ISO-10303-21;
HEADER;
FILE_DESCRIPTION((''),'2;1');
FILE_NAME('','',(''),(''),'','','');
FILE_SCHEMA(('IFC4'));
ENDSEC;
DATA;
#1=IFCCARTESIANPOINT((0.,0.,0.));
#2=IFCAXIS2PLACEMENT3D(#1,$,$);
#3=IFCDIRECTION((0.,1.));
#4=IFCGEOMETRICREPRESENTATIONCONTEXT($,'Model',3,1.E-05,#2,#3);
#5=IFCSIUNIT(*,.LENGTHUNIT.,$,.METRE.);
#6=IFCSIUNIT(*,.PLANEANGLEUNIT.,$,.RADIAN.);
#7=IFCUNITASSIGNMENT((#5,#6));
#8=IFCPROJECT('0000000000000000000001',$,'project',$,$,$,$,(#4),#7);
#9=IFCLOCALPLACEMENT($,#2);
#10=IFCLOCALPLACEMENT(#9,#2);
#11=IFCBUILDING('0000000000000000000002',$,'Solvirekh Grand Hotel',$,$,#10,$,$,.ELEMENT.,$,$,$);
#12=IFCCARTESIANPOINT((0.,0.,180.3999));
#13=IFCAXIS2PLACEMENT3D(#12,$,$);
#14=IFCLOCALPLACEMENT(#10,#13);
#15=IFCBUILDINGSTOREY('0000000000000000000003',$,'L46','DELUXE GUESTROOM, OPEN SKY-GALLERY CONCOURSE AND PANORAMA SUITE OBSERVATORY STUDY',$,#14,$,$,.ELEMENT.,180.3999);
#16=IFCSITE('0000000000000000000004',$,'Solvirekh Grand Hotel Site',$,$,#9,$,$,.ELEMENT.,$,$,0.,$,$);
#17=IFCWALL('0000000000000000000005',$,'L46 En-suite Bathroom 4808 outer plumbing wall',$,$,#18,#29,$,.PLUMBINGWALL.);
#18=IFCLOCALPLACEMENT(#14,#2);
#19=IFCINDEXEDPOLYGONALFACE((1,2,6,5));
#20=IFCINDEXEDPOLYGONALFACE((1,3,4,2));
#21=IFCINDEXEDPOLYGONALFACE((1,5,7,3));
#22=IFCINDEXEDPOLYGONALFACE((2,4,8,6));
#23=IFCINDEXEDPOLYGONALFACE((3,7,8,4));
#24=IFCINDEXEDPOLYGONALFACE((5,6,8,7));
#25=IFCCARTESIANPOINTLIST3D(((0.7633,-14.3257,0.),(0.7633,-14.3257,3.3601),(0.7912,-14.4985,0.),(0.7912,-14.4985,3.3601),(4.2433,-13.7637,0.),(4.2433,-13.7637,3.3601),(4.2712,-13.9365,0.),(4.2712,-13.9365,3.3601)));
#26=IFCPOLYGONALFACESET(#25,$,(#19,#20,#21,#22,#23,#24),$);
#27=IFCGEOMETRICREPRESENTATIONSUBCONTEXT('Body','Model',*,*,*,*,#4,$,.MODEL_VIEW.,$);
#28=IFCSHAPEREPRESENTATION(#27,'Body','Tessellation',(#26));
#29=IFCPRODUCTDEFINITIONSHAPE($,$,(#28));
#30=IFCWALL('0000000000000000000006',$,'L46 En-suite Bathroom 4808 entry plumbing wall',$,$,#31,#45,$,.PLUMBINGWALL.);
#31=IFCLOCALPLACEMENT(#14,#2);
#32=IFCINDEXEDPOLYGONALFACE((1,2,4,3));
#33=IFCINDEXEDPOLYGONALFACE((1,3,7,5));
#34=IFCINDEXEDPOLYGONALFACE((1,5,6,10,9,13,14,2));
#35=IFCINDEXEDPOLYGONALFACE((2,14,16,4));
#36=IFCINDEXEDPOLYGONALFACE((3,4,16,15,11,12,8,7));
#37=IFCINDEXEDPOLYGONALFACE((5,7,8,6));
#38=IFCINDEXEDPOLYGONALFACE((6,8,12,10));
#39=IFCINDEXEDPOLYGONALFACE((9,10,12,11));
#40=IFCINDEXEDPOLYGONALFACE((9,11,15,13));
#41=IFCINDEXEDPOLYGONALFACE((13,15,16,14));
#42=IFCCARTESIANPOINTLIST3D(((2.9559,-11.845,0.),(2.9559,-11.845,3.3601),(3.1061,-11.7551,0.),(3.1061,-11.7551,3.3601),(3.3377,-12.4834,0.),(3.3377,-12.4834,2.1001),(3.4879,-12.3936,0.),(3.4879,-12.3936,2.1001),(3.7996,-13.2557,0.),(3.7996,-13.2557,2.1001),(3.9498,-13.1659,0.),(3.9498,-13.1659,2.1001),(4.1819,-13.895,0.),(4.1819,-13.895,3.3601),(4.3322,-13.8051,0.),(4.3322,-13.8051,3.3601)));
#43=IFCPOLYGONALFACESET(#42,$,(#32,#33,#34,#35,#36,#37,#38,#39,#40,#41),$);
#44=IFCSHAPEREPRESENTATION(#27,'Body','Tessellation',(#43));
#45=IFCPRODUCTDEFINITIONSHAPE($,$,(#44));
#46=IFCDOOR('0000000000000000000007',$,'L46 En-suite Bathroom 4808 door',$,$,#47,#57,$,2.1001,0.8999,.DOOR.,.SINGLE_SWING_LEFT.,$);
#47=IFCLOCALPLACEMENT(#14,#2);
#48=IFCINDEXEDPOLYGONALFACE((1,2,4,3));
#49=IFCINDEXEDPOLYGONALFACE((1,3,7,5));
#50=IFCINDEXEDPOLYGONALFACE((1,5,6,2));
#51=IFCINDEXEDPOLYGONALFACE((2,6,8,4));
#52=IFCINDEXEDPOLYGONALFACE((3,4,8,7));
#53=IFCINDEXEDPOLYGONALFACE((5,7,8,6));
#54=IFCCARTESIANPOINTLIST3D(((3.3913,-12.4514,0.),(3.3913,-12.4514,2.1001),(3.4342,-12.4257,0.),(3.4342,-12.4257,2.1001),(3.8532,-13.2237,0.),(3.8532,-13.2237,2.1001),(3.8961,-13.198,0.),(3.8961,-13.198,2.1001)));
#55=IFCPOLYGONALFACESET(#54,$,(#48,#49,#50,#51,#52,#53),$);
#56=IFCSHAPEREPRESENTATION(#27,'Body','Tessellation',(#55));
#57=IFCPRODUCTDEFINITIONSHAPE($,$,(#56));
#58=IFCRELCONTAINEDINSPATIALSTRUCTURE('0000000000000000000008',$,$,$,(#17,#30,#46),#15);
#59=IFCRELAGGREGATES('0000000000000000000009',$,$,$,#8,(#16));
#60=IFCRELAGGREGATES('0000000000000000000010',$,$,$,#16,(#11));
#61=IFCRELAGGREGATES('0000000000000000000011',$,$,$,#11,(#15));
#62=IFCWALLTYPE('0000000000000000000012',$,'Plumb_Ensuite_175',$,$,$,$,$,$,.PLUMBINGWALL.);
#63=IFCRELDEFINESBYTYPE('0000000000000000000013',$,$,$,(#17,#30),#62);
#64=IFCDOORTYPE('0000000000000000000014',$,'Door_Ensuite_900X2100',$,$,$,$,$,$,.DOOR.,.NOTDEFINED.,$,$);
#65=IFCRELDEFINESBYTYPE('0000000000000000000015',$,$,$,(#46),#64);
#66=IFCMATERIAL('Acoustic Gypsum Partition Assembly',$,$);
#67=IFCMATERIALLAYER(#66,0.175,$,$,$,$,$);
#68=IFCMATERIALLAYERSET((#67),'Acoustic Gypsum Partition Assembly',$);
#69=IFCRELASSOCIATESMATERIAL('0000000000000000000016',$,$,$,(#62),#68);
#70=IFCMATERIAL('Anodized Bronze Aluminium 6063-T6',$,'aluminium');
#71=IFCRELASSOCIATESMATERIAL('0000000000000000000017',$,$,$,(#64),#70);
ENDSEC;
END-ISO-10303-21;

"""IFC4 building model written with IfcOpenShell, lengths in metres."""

from ifc_helpers import new_model, si_unit, direction, frame, frame_2d, origin, place, context, subcontext, project, spatial, rectangle, extrude, material, layer, layer_set, type_object, element, fill, save


model = new_model("IFC4")

# Units and contexts
model_context = context("Model", 3, precision=1e-05, world=origin(), true_north=direction((0.0, 1.0)))
body_context = subcontext(model_context, "Body", "Model", "MODEL_VIEW")
ifc_project = project(units=[si_unit("LENGTHUNIT", "METRE"), si_unit("PLANEANGLEUNIT", "RADIAN")], contexts=[model_context])

# Site, building, storey
site_placement = place(None, origin())
site = spatial("IfcSite", under=ifc_project, at=site_placement, Name="Solvirekh Grand Hotel Site", CompositionType="ELEMENT", RefElevation=0.0)
building_placement = place(site_placement, origin())
building = spatial("IfcBuilding", under=site, at=building_placement, Name="Solvirekh Grand Hotel", CompositionType="ELEMENT")
storey_placement = place(building_placement, frame((0.0, 0.0, 180.3999)))
storey = spatial("IfcBuildingStorey", under=building, at=storey_placement, Name="L46", Description="DELUXE GUESTROOM, OPEN SKY-GALLERY CONCOURSE AND PANORAMA SUITE OBSERVATORY STUDY", CompositionType="ELEMENT", Elevation=180.3999)

# Shared definitions
ifc_material_1 = material(Name="Anodized Bronze Aluminium 6063-T6", Category="aluminium")

# Shared definitions
ifc_material_2 = material(Name="Acoustic Gypsum Partition Assembly")

# Wall
ifc_layer_1 = layer(ifc_material_2, 0.175)
ifc_layer_set_1 = layer_set([ifc_layer_1], Name="Acoustic Gypsum Partition Assembly")
wall_type_1 = type_object("IfcWallType", Name="Plumb_Ensuite_175", PredefinedType="PLUMBINGWALL", material=ifc_layer_set_1)
wall_1_placement = place(storey_placement, frame((0.7771, -14.4121, 0.0), z_axis=(0.0, 0.0, 1.0), x_axis=(0.987209, 0.159433, 0.0)))
element("IfcWall", 1, at=wall_1_placement, inside=storey, type_object=wall_type_1, Name="L46 En-suite Bathroom 4808 outer plumbing wall", PredefinedType="PLUMBINGWALL", context=body_context, shape_type="SweptSolid", body=[
    extrude(rectangle(XDim=3.5251, YDim=0.175, at=frame_2d((1.7627, 0.0))), origin(), (0.0, 0.0, 1.0), 3.3601),
])

# Wall, opening, door
wall_2_placement = place(storey_placement, frame((3.031, -11.8, 0.0), z_axis=(0.0, 0.0, 1.0), x_axis=(0.513278, -0.858223, 0.0)))
wall_2 = element("IfcWall", 2, at=wall_2_placement, inside=storey, type_object=wall_type_1, Name="L46 En-suite Bathroom 4808 entry plumbing wall", PredefinedType="PLUMBINGWALL", context=body_context, shape_type="SweptSolid", body=[
    extrude(rectangle(XDim=2.3887, YDim=0.175, at=frame_2d((1.1943, 0.0))), origin(), (0.0, 0.0, 1.0), 3.3601),
])
opening_1_placement = place(wall_2_placement, frame((0.7439, 0.0, 0.0)))
opening_1 = element("IfcOpeningElement", 3, at=opening_1_placement, cuts=wall_2, PredefinedType="OPENING", context=body_context, shape_type="SweptSolid", body=[
    extrude(rectangle(XDim=0.8999, YDim=2.1001, at=frame_2d((0.45, 1.05))), frame((0.0, 0.0977, 0.0), z_axis=(0.0, -1.0, 0.0), x_axis=(1.0, 0.0, 0.0)), (0.0, 0.0, 1.0), 0.1951),
])
door_type_1 = type_object("IfcDoorType", Name="Door_Ensuite_900X2100", OperationType="NOTDEFINED", PredefinedType="DOOR", material=ifc_material_1)
door_1_placement = place(opening_1_placement, origin())
door_1 = element("IfcDoor", 4, at=door_1_placement, inside=storey, type_object=door_type_1, Name="L46 En-suite Bathroom 4808 door", OperationType="SINGLE_SWING_LEFT", OverallHeight=2.1001, OverallWidth=0.8999, PredefinedType="DOOR", context=body_context, shape_type="SweptSolid", body=[
    extrude(rectangle(XDim=0.8999, YDim=2.1001, at=frame_2d((0.45, 1.05))), frame((0.0, 0.0249, 0.0), z_axis=(0.0, -1.0, 0.0), x_axis=(1.0, 0.0, 0.0)), (0.0, 0.0, 1.0), 0.05),
])
fill(opening_1, door_1)

save(model, "model.ifc")
